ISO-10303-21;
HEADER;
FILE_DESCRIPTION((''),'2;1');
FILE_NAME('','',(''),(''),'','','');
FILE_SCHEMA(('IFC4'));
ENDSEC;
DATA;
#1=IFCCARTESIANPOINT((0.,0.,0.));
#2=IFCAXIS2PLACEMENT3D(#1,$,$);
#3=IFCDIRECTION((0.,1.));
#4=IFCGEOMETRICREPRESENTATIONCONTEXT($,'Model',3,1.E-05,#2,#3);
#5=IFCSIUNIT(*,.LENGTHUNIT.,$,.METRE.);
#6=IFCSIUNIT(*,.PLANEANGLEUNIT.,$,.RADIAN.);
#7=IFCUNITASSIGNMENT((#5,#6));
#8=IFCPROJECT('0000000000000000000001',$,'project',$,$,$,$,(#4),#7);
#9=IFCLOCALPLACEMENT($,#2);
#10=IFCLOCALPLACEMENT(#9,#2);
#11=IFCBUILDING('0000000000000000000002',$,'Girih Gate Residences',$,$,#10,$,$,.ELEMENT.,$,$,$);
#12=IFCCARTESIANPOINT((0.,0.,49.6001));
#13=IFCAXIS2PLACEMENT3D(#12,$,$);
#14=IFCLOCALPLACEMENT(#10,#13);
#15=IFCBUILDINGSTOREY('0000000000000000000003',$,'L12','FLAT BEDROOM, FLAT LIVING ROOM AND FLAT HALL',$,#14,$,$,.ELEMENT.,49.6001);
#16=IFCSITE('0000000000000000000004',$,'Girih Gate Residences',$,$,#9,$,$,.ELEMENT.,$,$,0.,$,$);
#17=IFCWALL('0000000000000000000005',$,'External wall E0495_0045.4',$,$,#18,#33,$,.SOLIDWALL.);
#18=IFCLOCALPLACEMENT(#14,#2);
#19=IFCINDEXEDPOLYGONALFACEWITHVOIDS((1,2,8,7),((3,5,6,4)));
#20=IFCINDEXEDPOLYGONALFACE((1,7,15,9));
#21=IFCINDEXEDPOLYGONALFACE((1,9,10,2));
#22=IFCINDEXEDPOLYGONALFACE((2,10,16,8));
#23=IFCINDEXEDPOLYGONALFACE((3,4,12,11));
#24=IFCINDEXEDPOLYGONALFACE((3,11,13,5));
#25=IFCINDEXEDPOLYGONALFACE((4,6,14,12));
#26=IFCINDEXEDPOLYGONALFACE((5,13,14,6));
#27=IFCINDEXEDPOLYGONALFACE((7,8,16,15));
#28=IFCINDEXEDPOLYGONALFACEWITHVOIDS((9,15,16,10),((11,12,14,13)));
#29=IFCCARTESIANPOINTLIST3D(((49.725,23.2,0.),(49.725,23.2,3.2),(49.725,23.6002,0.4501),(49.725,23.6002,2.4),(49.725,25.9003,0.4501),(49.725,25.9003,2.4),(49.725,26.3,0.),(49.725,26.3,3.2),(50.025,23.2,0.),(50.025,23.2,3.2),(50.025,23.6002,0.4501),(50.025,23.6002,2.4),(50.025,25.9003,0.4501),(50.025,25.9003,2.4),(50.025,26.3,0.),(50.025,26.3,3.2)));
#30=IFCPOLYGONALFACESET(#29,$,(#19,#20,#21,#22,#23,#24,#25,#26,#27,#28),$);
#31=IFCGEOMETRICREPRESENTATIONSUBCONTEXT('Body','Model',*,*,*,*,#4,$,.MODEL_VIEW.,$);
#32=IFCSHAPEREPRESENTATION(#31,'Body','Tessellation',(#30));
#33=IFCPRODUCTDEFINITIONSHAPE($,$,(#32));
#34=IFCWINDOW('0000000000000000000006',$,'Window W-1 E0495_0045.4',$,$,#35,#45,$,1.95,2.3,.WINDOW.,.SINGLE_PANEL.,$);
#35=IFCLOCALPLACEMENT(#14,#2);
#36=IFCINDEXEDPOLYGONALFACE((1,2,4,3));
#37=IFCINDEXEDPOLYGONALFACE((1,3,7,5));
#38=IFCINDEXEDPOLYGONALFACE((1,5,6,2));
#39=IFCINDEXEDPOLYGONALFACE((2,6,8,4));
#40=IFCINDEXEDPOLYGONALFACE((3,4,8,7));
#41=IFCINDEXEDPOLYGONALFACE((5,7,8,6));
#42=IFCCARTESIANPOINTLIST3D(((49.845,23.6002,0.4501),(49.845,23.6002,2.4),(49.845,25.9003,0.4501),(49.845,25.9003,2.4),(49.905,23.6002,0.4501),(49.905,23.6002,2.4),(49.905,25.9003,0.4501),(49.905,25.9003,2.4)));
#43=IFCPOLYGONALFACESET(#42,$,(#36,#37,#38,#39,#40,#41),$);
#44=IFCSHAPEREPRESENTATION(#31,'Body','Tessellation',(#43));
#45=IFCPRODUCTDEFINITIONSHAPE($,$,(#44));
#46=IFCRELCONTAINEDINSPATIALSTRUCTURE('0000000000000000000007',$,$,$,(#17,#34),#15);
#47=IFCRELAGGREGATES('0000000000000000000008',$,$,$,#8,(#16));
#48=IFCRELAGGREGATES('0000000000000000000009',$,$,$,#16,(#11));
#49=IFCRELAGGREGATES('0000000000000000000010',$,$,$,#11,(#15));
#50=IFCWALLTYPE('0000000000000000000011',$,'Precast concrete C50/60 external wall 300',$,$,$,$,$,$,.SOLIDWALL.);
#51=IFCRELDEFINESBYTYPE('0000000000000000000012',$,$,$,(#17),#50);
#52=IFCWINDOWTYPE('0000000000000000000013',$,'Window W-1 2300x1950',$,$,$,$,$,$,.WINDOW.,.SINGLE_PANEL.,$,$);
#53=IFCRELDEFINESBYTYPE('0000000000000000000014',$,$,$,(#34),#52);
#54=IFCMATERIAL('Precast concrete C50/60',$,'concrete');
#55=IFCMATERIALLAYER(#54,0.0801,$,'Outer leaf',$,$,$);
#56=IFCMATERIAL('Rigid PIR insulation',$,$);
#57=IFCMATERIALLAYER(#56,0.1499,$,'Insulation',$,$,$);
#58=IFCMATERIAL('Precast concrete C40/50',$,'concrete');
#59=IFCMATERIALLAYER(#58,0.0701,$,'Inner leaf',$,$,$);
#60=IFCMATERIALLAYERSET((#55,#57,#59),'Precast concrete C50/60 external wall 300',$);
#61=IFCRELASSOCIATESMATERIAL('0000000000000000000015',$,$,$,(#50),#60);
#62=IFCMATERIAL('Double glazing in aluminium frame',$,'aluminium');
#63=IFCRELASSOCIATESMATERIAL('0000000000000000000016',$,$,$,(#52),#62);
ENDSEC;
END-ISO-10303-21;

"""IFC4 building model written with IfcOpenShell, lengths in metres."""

from ifc_helpers import new_model, si_unit, direction, frame, frame_2d, origin, place, context, subcontext, project, spatial, rectangle, extrude, material, layer, layer_set, type_object, element, fill, save


model = new_model("IFC4")

# Units and contexts
model_context = context("Model", 3, precision=1e-05, world=origin(), true_north=direction((0.0, 1.0)))
body_context = subcontext(model_context, "Body", "Model", "MODEL_VIEW")
ifc_project = project(units=[si_unit("LENGTHUNIT", "METRE"), si_unit("PLANEANGLEUNIT", "RADIAN")], contexts=[model_context])

# Site, building, storey
site_placement = place(None, origin())
site = spatial("IfcSite", under=ifc_project, at=site_placement, Name="Girih Gate Residences", CompositionType="ELEMENT", RefElevation=0.0)
building_placement = place(site_placement, origin())
building = spatial("IfcBuilding", under=site, at=building_placement, Name="Girih Gate Residences", CompositionType="ELEMENT")
storey_placement = place(building_placement, frame((0.0, 0.0, 49.6001)))
storey = spatial("IfcBuildingStorey", under=building, at=storey_placement, Name="L12", Description="FLAT BEDROOM, FLAT LIVING ROOM AND FLAT HALL", CompositionType="ELEMENT", Elevation=49.6001)

# Wall, opening, window
ifc_material_1 = material(Name="Precast concrete C50/60", Category="concrete")
ifc_layer_1 = layer(ifc_material_1, 0.0801, Name="Outer leaf")
ifc_material_2 = material(Name="Rigid PIR insulation")
ifc_layer_2 = layer(ifc_material_2, 0.1499, Name="Insulation")
ifc_material_3 = material(Name="Precast concrete C40/50", Category="concrete")
ifc_layer_3 = layer(ifc_material_3, 0.0701, Name="Inner leaf")
ifc_layer_set_1 = layer_set([ifc_layer_1, ifc_layer_2, ifc_layer_3], Name="Precast concrete C50/60 external wall 300")
wall_type_1 = type_object("IfcWallType", Name="Precast concrete C50/60 external wall 300", PredefinedType="SOLIDWALL", material=ifc_layer_set_1)
ifc_material_4 = material(Name="Double glazing in aluminium frame", Category="aluminium")
window_type = type_object("IfcWindowType", Name="Window W-1 2300x1950", PartitioningType="SINGLE_PANEL", PredefinedType="WINDOW", material=ifc_material_4)
wall_1_placement = place(storey_placement, frame((49.875, 26.3, 0.0), z_axis=(0.0, 0.0, 1.0), x_axis=(0.0, -1.0, 0.0)))
wall_1 = element("IfcWall", 1, at=wall_1_placement, inside=storey, type_object=wall_type_1, Name="External wall E0495_0045.4", PredefinedType="SOLIDWALL", context=body_context, shape_type="SweptSolid", body=[
    extrude(rectangle(XDim=3.1001, YDim=0.3, at=frame_2d((1.55, 0.0))), origin(), (0.0, 0.0, 1.0), 3.2),
])
opening_1_placement = place(wall_1_placement, frame((0.3999, 0.0, 0.45)))
opening_1 = element("IfcOpeningElement", 2, at=opening_1_placement, cuts=wall_1, PredefinedType="OPENING", context=body_context, shape_type="SweptSolid", body=[
    extrude(rectangle(XDim=2.3, YDim=1.95, at=frame_2d((1.1499, 0.9751))), frame((0.0, 0.1599, 0.0), z_axis=(0.0, -1.0, 0.0), x_axis=(1.0, 0.0, 0.0)), (0.0, 0.0, 1.0), 0.3201),
])
window_1_placement = place(opening_1_placement, origin())
window_1 = element("IfcWindow", 3, at=window_1_placement, inside=storey, type_object=window_type, Name="Window W-1 E0495_0045.4", OverallHeight=1.95, OverallWidth=2.3, PartitioningType="SINGLE_PANEL", PredefinedType="WINDOW", context=body_context, shape_type="SweptSolid", body=[
    extrude(rectangle(XDim=2.3, YDim=1.95, at=frame_2d((1.1499, 0.9751))), frame((0.0, 0.03, 0.0), z_axis=(0.0, -1.0, 0.0), x_axis=(1.0, 0.0, 0.0)), (0.0, 0.0, 1.0), 0.0601),
])
fill(opening_1, window_1)

save(model, "model.ifc")
